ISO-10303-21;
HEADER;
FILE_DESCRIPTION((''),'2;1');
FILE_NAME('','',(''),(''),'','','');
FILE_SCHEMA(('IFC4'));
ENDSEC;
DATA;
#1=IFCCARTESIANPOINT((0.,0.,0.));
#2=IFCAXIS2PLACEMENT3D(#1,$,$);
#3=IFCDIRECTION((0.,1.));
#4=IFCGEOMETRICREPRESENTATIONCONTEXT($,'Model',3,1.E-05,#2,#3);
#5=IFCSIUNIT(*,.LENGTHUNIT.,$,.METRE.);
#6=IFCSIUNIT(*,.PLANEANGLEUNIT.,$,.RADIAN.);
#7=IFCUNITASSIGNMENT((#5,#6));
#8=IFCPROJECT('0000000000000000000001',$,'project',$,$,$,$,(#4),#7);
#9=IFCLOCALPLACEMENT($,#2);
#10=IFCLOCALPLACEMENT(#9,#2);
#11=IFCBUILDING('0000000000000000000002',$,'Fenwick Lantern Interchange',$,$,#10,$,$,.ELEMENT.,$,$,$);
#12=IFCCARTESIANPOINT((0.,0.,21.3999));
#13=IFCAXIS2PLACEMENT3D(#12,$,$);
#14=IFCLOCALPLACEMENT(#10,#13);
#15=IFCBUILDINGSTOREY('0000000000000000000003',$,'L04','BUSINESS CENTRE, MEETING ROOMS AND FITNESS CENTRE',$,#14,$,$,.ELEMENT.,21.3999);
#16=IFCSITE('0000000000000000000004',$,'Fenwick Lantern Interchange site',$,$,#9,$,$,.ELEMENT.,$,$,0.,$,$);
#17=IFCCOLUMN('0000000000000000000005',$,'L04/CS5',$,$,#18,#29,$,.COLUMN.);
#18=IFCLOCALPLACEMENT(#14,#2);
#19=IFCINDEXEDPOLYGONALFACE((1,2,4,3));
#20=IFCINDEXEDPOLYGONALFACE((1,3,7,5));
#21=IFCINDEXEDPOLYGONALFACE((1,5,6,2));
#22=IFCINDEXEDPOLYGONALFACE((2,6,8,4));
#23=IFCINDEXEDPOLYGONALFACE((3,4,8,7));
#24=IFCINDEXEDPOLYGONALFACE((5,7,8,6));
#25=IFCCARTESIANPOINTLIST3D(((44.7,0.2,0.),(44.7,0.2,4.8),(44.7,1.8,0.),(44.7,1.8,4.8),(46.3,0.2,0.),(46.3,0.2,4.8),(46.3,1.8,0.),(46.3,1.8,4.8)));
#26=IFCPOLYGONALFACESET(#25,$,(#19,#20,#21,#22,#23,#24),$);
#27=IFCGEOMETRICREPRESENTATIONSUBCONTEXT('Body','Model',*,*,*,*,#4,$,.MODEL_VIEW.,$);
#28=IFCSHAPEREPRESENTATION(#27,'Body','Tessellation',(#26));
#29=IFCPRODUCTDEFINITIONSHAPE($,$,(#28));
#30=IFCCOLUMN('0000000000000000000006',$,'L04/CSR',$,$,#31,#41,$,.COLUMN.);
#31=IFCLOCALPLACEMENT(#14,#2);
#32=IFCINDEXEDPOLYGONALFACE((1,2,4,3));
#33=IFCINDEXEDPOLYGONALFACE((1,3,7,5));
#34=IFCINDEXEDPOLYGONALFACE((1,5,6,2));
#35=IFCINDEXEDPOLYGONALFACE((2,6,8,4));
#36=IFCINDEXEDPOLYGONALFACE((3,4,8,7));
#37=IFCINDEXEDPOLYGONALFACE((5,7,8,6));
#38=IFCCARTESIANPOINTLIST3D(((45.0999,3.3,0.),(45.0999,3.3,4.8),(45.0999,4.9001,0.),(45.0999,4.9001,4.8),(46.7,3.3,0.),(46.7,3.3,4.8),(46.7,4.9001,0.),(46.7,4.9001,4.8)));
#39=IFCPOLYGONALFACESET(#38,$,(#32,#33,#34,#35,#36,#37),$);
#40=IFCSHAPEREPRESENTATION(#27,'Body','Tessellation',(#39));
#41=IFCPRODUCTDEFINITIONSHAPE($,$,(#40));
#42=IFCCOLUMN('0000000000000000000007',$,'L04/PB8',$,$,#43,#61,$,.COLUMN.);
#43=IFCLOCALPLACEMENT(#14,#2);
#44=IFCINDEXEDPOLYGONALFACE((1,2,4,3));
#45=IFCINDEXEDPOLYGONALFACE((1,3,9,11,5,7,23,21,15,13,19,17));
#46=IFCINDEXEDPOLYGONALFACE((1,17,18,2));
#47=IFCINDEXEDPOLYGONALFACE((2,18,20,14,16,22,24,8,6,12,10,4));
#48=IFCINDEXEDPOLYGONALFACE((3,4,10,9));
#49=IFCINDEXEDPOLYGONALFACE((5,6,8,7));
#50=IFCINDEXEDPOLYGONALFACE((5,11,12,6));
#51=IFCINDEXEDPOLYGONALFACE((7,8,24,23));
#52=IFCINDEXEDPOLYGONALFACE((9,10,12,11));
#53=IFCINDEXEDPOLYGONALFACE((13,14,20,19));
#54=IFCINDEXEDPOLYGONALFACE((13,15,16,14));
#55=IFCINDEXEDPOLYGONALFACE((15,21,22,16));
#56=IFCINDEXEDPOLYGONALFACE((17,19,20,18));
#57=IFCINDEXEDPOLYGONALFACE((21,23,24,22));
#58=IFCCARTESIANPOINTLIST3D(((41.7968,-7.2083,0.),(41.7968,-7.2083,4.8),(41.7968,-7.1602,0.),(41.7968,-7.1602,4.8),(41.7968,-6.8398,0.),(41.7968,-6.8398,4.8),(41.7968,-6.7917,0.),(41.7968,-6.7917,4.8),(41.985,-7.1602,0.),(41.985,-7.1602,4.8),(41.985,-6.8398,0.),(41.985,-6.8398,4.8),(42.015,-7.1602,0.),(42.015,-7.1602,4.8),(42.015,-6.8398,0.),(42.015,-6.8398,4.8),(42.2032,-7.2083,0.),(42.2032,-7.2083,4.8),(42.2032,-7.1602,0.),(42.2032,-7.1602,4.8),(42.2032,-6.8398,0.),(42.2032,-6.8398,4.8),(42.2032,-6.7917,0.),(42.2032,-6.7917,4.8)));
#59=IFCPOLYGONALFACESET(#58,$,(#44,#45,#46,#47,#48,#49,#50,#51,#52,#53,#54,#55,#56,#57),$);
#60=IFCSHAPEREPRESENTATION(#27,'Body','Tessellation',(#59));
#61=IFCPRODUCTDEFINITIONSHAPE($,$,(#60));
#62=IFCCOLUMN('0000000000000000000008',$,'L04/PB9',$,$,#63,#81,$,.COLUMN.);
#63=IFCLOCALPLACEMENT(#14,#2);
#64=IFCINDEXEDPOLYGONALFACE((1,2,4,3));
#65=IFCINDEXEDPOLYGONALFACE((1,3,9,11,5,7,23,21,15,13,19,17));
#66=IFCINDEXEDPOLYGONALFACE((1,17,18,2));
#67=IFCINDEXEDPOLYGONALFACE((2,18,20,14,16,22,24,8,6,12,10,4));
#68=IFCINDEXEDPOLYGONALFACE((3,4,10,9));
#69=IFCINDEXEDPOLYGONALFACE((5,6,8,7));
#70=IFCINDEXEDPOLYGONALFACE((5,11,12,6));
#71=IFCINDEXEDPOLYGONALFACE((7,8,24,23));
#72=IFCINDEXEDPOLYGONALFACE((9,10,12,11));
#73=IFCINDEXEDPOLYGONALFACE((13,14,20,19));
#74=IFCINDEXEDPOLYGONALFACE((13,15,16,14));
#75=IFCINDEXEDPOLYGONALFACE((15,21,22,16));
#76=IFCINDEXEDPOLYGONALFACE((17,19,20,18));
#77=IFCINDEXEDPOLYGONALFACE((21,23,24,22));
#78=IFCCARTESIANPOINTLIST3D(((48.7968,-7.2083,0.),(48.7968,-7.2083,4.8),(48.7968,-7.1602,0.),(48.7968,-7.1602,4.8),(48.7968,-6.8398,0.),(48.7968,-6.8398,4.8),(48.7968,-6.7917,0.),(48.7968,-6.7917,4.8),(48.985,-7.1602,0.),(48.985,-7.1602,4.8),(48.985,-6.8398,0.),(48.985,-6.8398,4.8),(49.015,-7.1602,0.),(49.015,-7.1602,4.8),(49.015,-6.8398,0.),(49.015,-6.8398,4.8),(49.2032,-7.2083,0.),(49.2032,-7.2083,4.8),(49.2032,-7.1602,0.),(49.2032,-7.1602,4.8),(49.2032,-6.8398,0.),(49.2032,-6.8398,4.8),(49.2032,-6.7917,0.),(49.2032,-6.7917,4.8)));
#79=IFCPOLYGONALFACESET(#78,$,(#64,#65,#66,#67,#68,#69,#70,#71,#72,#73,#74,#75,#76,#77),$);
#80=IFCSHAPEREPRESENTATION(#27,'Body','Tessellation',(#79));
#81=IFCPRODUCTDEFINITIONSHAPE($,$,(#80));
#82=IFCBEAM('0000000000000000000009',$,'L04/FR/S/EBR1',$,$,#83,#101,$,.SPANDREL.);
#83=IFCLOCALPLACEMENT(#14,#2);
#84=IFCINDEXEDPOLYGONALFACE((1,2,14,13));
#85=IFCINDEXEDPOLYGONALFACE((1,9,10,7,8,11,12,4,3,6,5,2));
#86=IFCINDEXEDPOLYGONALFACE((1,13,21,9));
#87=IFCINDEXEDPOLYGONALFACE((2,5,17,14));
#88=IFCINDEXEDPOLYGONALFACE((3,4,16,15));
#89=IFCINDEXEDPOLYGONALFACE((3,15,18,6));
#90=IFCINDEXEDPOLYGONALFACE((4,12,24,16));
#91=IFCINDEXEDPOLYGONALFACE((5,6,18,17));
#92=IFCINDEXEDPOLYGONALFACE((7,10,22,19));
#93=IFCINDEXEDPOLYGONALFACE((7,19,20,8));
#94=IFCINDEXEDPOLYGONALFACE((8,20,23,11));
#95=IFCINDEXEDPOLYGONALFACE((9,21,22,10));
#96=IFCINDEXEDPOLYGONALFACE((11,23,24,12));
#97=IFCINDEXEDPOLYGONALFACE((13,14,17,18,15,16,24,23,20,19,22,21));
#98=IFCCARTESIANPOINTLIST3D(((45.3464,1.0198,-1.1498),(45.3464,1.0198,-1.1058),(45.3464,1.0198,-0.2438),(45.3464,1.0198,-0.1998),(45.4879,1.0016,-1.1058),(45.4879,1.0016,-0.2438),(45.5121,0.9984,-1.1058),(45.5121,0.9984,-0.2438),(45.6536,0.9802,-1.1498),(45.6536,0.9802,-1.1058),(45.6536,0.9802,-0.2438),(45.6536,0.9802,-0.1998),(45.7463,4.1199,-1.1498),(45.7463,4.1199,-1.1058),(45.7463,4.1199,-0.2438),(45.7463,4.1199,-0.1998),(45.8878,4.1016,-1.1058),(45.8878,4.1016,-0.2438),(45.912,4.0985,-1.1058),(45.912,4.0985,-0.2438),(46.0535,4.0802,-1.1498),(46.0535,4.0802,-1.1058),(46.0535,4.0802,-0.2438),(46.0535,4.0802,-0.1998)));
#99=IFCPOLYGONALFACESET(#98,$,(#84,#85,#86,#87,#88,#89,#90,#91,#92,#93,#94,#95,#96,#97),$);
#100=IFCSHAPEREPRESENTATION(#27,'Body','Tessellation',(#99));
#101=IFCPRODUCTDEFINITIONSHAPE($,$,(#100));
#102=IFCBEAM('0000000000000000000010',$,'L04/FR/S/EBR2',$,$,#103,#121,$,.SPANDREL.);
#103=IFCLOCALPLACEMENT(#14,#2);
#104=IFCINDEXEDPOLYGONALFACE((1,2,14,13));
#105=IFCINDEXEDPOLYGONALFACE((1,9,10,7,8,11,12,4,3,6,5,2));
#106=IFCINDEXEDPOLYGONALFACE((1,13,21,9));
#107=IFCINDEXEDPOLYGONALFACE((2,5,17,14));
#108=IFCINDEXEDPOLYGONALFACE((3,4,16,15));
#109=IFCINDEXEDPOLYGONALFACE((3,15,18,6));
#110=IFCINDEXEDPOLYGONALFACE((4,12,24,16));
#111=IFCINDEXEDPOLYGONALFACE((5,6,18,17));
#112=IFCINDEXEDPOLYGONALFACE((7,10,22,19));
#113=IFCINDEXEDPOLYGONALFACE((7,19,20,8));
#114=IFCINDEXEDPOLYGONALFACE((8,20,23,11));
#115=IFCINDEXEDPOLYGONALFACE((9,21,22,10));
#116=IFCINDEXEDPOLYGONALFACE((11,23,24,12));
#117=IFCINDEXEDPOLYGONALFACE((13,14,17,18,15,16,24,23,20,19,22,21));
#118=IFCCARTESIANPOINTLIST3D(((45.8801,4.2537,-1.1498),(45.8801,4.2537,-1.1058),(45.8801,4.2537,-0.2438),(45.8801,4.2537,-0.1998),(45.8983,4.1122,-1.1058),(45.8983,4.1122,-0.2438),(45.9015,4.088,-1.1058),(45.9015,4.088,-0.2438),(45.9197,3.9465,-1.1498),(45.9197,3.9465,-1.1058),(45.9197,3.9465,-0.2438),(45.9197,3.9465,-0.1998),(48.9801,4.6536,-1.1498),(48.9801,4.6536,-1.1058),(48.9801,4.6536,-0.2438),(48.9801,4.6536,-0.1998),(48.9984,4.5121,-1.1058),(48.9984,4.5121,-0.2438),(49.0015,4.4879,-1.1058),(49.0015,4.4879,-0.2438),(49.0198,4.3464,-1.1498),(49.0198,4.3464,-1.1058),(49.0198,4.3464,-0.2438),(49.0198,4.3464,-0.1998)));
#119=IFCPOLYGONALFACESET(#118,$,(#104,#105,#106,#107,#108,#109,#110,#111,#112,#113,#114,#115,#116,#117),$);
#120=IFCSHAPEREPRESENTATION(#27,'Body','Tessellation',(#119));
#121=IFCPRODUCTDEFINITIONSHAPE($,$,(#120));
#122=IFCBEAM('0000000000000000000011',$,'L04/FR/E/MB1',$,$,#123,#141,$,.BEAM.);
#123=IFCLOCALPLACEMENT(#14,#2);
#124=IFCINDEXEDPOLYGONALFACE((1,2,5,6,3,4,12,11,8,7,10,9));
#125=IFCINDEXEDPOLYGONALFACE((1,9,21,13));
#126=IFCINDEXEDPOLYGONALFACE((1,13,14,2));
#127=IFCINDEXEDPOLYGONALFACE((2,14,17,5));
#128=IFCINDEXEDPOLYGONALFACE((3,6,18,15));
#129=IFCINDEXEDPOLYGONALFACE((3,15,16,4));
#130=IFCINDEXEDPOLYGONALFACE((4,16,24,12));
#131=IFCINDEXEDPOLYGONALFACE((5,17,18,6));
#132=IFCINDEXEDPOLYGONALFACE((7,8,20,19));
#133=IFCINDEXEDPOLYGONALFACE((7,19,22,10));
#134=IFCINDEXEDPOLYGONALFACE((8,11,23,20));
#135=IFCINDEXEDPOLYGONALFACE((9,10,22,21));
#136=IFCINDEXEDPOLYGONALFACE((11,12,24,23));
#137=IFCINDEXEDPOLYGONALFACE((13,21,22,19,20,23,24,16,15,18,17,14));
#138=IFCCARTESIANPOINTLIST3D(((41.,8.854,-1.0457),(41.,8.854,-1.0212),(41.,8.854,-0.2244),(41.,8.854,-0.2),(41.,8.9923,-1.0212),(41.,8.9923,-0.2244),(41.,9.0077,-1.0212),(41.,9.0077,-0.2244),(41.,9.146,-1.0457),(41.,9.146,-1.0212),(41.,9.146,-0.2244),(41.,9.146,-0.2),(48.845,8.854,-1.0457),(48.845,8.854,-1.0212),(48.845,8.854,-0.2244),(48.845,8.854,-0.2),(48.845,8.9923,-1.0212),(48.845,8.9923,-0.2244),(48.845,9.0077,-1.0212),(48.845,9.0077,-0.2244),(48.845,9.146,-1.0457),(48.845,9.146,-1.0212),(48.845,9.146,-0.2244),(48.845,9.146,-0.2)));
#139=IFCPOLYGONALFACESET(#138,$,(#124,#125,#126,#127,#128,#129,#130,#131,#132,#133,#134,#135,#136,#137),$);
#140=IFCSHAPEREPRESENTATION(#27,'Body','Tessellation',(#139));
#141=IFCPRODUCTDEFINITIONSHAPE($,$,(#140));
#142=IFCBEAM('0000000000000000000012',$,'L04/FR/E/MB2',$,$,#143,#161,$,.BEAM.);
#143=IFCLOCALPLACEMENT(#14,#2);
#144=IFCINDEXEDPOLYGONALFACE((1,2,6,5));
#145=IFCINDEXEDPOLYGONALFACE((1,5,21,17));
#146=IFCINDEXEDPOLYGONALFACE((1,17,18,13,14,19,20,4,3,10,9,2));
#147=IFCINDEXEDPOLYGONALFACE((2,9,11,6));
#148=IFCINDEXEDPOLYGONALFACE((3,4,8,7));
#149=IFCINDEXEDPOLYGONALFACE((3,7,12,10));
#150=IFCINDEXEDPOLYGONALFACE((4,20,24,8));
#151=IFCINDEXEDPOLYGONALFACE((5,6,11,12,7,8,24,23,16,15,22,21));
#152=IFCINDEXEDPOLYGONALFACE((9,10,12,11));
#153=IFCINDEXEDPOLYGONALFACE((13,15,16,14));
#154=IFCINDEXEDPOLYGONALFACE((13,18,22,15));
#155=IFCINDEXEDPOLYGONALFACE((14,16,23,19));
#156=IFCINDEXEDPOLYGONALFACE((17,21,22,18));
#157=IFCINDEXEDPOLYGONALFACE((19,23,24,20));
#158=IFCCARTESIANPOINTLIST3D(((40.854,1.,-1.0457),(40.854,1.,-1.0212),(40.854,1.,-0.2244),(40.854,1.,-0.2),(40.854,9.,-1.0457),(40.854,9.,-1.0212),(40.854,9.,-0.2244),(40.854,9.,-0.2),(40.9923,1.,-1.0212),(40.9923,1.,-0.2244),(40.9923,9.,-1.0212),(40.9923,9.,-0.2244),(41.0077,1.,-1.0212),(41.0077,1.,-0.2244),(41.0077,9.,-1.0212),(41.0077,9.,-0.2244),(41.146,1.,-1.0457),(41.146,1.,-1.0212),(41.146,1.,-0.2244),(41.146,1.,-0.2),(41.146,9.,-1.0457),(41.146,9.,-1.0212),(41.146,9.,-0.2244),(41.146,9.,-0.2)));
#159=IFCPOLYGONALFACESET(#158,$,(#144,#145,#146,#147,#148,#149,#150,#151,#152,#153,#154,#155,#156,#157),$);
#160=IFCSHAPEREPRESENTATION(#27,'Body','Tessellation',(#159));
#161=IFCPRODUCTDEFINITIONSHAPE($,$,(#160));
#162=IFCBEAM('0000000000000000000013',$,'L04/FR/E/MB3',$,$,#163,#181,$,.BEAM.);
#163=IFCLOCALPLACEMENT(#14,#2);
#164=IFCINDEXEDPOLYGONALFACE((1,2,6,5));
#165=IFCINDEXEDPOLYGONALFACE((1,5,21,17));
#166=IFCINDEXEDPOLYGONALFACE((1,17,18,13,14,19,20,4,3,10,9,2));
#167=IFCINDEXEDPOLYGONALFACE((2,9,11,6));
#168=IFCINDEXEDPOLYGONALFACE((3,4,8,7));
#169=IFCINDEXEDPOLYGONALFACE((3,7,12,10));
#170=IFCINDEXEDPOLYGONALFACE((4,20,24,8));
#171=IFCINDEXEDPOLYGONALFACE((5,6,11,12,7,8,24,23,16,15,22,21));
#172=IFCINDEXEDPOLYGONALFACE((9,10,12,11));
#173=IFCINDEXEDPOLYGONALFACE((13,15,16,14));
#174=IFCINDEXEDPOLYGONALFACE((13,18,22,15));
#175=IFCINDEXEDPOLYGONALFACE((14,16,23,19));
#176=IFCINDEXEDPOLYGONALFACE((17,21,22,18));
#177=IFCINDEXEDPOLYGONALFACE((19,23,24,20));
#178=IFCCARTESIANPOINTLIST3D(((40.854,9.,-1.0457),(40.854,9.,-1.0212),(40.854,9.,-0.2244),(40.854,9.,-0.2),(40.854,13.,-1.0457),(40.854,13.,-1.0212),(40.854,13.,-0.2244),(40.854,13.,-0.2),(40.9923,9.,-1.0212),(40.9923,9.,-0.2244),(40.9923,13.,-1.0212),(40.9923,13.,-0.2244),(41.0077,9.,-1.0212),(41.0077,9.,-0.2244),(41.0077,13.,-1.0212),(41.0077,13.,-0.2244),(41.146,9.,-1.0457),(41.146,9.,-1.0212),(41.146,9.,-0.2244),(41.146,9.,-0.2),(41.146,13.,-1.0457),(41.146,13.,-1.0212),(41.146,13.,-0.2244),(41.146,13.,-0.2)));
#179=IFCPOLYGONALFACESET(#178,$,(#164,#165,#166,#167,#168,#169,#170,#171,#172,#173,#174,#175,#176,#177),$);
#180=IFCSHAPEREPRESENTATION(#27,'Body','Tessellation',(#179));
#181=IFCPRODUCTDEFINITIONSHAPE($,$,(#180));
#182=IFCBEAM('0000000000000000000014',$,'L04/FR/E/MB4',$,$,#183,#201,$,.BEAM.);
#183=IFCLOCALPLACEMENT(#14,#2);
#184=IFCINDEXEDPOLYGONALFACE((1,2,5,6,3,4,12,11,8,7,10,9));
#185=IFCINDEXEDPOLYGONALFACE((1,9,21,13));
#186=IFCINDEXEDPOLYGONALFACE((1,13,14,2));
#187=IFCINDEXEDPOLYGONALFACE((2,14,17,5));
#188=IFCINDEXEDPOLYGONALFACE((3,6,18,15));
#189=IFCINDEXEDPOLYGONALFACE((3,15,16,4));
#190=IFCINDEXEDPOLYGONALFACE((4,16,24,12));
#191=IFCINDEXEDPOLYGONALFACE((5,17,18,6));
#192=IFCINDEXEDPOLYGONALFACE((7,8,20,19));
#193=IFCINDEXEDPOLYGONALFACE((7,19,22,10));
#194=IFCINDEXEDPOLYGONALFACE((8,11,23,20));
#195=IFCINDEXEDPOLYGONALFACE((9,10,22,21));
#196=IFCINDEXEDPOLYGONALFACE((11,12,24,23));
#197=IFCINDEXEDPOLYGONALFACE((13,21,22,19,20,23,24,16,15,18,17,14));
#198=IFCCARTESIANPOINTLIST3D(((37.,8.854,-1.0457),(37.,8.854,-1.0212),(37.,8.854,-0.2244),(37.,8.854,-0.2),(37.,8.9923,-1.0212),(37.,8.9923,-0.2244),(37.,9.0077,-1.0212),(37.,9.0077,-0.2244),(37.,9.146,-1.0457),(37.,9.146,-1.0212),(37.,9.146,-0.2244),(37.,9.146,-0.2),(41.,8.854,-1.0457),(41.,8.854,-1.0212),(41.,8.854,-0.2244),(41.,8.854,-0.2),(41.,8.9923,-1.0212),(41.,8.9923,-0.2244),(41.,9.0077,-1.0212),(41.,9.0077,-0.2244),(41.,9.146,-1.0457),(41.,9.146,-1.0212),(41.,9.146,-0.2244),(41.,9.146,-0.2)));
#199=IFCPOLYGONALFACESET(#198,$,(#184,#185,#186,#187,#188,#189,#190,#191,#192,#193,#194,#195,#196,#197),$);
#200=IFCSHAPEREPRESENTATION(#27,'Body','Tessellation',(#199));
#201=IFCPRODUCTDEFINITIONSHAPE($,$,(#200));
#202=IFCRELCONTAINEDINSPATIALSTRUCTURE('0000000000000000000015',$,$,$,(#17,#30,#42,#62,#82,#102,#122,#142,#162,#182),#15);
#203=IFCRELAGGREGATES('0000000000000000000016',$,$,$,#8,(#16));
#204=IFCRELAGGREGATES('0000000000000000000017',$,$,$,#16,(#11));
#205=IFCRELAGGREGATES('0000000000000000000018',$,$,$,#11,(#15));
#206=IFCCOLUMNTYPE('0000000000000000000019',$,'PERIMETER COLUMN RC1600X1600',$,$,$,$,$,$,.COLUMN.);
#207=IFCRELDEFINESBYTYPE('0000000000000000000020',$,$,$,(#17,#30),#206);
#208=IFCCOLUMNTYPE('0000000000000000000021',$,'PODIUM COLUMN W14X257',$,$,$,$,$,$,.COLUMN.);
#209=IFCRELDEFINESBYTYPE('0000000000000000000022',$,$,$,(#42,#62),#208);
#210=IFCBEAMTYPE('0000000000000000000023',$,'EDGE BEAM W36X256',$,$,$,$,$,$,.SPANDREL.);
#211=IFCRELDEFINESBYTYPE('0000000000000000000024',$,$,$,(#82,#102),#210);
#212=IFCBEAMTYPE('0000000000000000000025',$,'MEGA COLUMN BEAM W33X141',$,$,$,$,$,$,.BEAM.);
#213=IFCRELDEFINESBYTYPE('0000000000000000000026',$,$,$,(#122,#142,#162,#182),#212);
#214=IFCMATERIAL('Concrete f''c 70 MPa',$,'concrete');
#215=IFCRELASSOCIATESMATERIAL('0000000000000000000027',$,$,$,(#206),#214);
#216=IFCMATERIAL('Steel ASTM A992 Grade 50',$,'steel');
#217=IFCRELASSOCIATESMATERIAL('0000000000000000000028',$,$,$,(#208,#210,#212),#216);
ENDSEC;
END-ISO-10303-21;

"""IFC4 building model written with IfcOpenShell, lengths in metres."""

from ifc_helpers import new_model, si_unit, direction, frame, origin, origin_2d, place, context, subcontext, project, spatial, rectangle, i_section, extrude, material, material_profile, profile_set, type_object, element, save


model = new_model("IFC4")

# Units and contexts
model_context = context("Model", 3, precision=1e-05, world=origin(), true_north=direction((0.0, 1.0)))
body_context = subcontext(model_context, "Body", "Model", "MODEL_VIEW")
ifc_project = project(units=[si_unit("LENGTHUNIT", "METRE"), si_unit("PLANEANGLEUNIT", "RADIAN")], contexts=[model_context])

# Site, building, storey
site_placement = place(None, origin())
site = spatial("IfcSite", under=ifc_project, at=site_placement, Name="Fenwick Lantern Interchange site", CompositionType="ELEMENT", RefElevation=0.0)
building_placement = place(site_placement, origin())
building = spatial("IfcBuilding", under=site, at=building_placement, Name="Fenwick Lantern Interchange", CompositionType="ELEMENT")
storey_placement = place(building_placement, frame((0.0, 0.0, 21.3999)))
storey = spatial("IfcBuildingStorey", under=building, at=storey_placement, Name="L04", Description="BUSINESS CENTRE, MEETING ROOMS AND FITNESS CENTRE", CompositionType="ELEMENT", Elevation=21.3999)

# Columns
ifc_material_1 = material(Name="Concrete f'c 70 MPa", Category="concrete")
ifc_material_profile_1 = material_profile(ifc_material_1, rectangle(XDim=1.6001, YDim=1.6001, at=origin_2d()), Name="RC1600X1600")
ifc_profile_set_1 = profile_set([ifc_material_profile_1], Name="Concrete f'c 70 MPa")
column_type_1 = type_object("IfcColumnType", Name="PERIMETER COLUMN RC1600X1600", PredefinedType="COLUMN", material=ifc_profile_set_1)
for number, where, z_axis, x_axis, name in (
    (1, (45.5, 1.0, 0.0), (0.0, 0.0, 1.0), (1.0, 0.0, 0.0), "L04/CS5"),
    (2, (45.8999, 4.1001, 0.0), (0.0, 0.0, 1.0), (1.0, 0.0, 0.0), "L04/CSR"),
):
    element("IfcColumn", number, at=place(storey_placement, frame(where, z_axis=z_axis, x_axis=x_axis)), inside=storey, type_object=column_type_1, Name=name, PredefinedType="COLUMN", context=body_context, shape_type="SweptSolid", body=[
        extrude(rectangle(XDim=1.6001, YDim=1.6001, at=origin_2d()), origin(), (0.0, 0.0, 1.0), 4.8),
    ])
ifc_material_2 = material(Name="Steel ASTM A992 Grade 50", Category="steel")
ifc_material_profile_2 = material_profile(ifc_material_2, i_section(OverallWidth=0.4065, OverallDepth=0.4165, WebThickness=0.03, FlangeThickness=0.0481, at=origin_2d()), Name="W14X257")
ifc_profile_set_2 = profile_set([ifc_material_profile_2], Name="Steel ASTM A992 Grade 50")
column_type_2 = type_object("IfcColumnType", Name="PODIUM COLUMN W14X257", PredefinedType="COLUMN", material=ifc_profile_set_2)
for number, where, z_axis, x_axis, name in (
    (3, (42.0, -7.0, 0.0), (0.0, 0.0, 1.0), (1.0, 0.0, 0.0), "L04/PB8"),
    (4, (49.0, -7.0, 0.0), (0.0, 0.0, 1.0), (1.0, 0.0, 0.0), "L04/PB9"),
):
    element("IfcColumn", number, at=place(storey_placement, frame(where, z_axis=z_axis, x_axis=x_axis)), inside=storey, type_object=column_type_2, Name=name, PredefinedType="COLUMN", context=body_context, shape_type="SweptSolid", body=[
        extrude(i_section(OverallWidth=0.4065, OverallDepth=0.4165, WebThickness=0.03, FlangeThickness=0.0481, at=origin_2d()), origin(), (0.0, 0.0, 1.0), 4.8),
    ])

# Beams
ifc_material_profile_3 = material_profile(ifc_material_2, i_section(OverallWidth=0.3098, OverallDepth=0.95, WebThickness=0.0244, FlangeThickness=0.0439, at=origin_2d()), Name="W36X256")
ifc_profile_set_3 = profile_set([ifc_material_profile_3], Name="Steel ASTM A992 Grade 50")
beam_type_1 = type_object("IfcBeamType", Name="EDGE BEAM W36X256", PredefinedType="SPANDREL", material=ifc_profile_set_3)
for number, where, z_axis, x_axis, name in (
    (5, (45.5, 1.0, -0.6748), (0.127937, 0.991782, 0.0), (-0.991782, 0.127937, 0.0), "L04/FR/S/EBR1"),
    (6, (45.8999, 4.1001, -0.6748), (0.991782, 0.127937, 0.0), (-0.127937, 0.991782, 0.0), "L04/FR/S/EBR2"),
):
    element("IfcBeam", number, at=place(storey_placement, frame(where, z_axis=z_axis, x_axis=x_axis)), inside=storey, type_object=beam_type_1, Name=name, PredefinedType="SPANDREL", context=body_context, shape_type="SweptSolid", body=[
        extrude(i_section(OverallWidth=0.3098, OverallDepth=0.95, WebThickness=0.0244, FlangeThickness=0.0439, at=origin_2d()), origin(), (0.0, 0.0, 1.0), 3.1257),
    ])
ifc_material_profile_4 = material_profile(ifc_material_2, i_section(OverallWidth=0.292, OverallDepth=0.8457, WebThickness=0.0154, FlangeThickness=0.0244, at=origin_2d()), Name="W33X141")
ifc_profile_set_4 = profile_set([ifc_material_profile_4], Name="Steel ASTM A992 Grade 50")
beam_type_2 = type_object("IfcBeamType", Name="MEGA COLUMN BEAM W33X141", PredefinedType="BEAM", material=ifc_profile_set_4)
beam_1_placement = place(storey_placement, frame((41.0, 9.0, -0.6228), z_axis=(1.0, 0.0, 0.0), x_axis=(0.0, 1.0, 0.0)))
element("IfcBeam", 7, at=beam_1_placement, inside=storey, type_object=beam_type_2, Name="L04/FR/E/MB1", PredefinedType="BEAM", context=body_context, shape_type="SweptSolid", body=[
    extrude(i_section(OverallWidth=0.292, OverallDepth=0.8457, WebThickness=0.0154, FlangeThickness=0.0244, at=origin_2d()), origin(), (0.0, 0.0, 1.0), 7.845),
])
beam_2_placement = place(storey_placement, frame((41.0, 9.0, -0.6228), z_axis=(0.0, -1.0, 0.0), x_axis=(1.0, 0.0, 0.0)))
element("IfcBeam", 8, at=beam_2_placement, inside=storey, type_object=beam_type_2, Name="L04/FR/E/MB2", PredefinedType="BEAM", context=body_context, shape_type="SweptSolid", body=[
    extrude(i_section(OverallWidth=0.292, OverallDepth=0.8457, WebThickness=0.0154, FlangeThickness=0.0244, at=origin_2d()), origin(), (0.0, 0.0, 1.0), 8.0),
])
for number, where, z_axis, x_axis, name in (
    (9, (41.0, 9.0, -0.6228), (0.0, 1.0, 0.0), (-1.0, 0.0, 0.0), "L04/FR/E/MB3"),
    (10, (41.0, 9.0, -0.6228), (-1.0, 0.0, 0.0), (0.0, -1.0, 0.0), "L04/FR/E/MB4"),
):
    element("IfcBeam", number, at=place(storey_placement, frame(where, z_axis=z_axis, x_axis=x_axis)), inside=storey, type_object=beam_type_2, Name=name, PredefinedType="BEAM", context=body_context, shape_type="SweptSolid", body=[
        extrude(i_section(OverallWidth=0.292, OverallDepth=0.8457, WebThickness=0.0154, FlangeThickness=0.0244, at=origin_2d()), origin(), (0.0, 0.0, 1.0), 4.0),
    ])

save(model, "model.ifc")
